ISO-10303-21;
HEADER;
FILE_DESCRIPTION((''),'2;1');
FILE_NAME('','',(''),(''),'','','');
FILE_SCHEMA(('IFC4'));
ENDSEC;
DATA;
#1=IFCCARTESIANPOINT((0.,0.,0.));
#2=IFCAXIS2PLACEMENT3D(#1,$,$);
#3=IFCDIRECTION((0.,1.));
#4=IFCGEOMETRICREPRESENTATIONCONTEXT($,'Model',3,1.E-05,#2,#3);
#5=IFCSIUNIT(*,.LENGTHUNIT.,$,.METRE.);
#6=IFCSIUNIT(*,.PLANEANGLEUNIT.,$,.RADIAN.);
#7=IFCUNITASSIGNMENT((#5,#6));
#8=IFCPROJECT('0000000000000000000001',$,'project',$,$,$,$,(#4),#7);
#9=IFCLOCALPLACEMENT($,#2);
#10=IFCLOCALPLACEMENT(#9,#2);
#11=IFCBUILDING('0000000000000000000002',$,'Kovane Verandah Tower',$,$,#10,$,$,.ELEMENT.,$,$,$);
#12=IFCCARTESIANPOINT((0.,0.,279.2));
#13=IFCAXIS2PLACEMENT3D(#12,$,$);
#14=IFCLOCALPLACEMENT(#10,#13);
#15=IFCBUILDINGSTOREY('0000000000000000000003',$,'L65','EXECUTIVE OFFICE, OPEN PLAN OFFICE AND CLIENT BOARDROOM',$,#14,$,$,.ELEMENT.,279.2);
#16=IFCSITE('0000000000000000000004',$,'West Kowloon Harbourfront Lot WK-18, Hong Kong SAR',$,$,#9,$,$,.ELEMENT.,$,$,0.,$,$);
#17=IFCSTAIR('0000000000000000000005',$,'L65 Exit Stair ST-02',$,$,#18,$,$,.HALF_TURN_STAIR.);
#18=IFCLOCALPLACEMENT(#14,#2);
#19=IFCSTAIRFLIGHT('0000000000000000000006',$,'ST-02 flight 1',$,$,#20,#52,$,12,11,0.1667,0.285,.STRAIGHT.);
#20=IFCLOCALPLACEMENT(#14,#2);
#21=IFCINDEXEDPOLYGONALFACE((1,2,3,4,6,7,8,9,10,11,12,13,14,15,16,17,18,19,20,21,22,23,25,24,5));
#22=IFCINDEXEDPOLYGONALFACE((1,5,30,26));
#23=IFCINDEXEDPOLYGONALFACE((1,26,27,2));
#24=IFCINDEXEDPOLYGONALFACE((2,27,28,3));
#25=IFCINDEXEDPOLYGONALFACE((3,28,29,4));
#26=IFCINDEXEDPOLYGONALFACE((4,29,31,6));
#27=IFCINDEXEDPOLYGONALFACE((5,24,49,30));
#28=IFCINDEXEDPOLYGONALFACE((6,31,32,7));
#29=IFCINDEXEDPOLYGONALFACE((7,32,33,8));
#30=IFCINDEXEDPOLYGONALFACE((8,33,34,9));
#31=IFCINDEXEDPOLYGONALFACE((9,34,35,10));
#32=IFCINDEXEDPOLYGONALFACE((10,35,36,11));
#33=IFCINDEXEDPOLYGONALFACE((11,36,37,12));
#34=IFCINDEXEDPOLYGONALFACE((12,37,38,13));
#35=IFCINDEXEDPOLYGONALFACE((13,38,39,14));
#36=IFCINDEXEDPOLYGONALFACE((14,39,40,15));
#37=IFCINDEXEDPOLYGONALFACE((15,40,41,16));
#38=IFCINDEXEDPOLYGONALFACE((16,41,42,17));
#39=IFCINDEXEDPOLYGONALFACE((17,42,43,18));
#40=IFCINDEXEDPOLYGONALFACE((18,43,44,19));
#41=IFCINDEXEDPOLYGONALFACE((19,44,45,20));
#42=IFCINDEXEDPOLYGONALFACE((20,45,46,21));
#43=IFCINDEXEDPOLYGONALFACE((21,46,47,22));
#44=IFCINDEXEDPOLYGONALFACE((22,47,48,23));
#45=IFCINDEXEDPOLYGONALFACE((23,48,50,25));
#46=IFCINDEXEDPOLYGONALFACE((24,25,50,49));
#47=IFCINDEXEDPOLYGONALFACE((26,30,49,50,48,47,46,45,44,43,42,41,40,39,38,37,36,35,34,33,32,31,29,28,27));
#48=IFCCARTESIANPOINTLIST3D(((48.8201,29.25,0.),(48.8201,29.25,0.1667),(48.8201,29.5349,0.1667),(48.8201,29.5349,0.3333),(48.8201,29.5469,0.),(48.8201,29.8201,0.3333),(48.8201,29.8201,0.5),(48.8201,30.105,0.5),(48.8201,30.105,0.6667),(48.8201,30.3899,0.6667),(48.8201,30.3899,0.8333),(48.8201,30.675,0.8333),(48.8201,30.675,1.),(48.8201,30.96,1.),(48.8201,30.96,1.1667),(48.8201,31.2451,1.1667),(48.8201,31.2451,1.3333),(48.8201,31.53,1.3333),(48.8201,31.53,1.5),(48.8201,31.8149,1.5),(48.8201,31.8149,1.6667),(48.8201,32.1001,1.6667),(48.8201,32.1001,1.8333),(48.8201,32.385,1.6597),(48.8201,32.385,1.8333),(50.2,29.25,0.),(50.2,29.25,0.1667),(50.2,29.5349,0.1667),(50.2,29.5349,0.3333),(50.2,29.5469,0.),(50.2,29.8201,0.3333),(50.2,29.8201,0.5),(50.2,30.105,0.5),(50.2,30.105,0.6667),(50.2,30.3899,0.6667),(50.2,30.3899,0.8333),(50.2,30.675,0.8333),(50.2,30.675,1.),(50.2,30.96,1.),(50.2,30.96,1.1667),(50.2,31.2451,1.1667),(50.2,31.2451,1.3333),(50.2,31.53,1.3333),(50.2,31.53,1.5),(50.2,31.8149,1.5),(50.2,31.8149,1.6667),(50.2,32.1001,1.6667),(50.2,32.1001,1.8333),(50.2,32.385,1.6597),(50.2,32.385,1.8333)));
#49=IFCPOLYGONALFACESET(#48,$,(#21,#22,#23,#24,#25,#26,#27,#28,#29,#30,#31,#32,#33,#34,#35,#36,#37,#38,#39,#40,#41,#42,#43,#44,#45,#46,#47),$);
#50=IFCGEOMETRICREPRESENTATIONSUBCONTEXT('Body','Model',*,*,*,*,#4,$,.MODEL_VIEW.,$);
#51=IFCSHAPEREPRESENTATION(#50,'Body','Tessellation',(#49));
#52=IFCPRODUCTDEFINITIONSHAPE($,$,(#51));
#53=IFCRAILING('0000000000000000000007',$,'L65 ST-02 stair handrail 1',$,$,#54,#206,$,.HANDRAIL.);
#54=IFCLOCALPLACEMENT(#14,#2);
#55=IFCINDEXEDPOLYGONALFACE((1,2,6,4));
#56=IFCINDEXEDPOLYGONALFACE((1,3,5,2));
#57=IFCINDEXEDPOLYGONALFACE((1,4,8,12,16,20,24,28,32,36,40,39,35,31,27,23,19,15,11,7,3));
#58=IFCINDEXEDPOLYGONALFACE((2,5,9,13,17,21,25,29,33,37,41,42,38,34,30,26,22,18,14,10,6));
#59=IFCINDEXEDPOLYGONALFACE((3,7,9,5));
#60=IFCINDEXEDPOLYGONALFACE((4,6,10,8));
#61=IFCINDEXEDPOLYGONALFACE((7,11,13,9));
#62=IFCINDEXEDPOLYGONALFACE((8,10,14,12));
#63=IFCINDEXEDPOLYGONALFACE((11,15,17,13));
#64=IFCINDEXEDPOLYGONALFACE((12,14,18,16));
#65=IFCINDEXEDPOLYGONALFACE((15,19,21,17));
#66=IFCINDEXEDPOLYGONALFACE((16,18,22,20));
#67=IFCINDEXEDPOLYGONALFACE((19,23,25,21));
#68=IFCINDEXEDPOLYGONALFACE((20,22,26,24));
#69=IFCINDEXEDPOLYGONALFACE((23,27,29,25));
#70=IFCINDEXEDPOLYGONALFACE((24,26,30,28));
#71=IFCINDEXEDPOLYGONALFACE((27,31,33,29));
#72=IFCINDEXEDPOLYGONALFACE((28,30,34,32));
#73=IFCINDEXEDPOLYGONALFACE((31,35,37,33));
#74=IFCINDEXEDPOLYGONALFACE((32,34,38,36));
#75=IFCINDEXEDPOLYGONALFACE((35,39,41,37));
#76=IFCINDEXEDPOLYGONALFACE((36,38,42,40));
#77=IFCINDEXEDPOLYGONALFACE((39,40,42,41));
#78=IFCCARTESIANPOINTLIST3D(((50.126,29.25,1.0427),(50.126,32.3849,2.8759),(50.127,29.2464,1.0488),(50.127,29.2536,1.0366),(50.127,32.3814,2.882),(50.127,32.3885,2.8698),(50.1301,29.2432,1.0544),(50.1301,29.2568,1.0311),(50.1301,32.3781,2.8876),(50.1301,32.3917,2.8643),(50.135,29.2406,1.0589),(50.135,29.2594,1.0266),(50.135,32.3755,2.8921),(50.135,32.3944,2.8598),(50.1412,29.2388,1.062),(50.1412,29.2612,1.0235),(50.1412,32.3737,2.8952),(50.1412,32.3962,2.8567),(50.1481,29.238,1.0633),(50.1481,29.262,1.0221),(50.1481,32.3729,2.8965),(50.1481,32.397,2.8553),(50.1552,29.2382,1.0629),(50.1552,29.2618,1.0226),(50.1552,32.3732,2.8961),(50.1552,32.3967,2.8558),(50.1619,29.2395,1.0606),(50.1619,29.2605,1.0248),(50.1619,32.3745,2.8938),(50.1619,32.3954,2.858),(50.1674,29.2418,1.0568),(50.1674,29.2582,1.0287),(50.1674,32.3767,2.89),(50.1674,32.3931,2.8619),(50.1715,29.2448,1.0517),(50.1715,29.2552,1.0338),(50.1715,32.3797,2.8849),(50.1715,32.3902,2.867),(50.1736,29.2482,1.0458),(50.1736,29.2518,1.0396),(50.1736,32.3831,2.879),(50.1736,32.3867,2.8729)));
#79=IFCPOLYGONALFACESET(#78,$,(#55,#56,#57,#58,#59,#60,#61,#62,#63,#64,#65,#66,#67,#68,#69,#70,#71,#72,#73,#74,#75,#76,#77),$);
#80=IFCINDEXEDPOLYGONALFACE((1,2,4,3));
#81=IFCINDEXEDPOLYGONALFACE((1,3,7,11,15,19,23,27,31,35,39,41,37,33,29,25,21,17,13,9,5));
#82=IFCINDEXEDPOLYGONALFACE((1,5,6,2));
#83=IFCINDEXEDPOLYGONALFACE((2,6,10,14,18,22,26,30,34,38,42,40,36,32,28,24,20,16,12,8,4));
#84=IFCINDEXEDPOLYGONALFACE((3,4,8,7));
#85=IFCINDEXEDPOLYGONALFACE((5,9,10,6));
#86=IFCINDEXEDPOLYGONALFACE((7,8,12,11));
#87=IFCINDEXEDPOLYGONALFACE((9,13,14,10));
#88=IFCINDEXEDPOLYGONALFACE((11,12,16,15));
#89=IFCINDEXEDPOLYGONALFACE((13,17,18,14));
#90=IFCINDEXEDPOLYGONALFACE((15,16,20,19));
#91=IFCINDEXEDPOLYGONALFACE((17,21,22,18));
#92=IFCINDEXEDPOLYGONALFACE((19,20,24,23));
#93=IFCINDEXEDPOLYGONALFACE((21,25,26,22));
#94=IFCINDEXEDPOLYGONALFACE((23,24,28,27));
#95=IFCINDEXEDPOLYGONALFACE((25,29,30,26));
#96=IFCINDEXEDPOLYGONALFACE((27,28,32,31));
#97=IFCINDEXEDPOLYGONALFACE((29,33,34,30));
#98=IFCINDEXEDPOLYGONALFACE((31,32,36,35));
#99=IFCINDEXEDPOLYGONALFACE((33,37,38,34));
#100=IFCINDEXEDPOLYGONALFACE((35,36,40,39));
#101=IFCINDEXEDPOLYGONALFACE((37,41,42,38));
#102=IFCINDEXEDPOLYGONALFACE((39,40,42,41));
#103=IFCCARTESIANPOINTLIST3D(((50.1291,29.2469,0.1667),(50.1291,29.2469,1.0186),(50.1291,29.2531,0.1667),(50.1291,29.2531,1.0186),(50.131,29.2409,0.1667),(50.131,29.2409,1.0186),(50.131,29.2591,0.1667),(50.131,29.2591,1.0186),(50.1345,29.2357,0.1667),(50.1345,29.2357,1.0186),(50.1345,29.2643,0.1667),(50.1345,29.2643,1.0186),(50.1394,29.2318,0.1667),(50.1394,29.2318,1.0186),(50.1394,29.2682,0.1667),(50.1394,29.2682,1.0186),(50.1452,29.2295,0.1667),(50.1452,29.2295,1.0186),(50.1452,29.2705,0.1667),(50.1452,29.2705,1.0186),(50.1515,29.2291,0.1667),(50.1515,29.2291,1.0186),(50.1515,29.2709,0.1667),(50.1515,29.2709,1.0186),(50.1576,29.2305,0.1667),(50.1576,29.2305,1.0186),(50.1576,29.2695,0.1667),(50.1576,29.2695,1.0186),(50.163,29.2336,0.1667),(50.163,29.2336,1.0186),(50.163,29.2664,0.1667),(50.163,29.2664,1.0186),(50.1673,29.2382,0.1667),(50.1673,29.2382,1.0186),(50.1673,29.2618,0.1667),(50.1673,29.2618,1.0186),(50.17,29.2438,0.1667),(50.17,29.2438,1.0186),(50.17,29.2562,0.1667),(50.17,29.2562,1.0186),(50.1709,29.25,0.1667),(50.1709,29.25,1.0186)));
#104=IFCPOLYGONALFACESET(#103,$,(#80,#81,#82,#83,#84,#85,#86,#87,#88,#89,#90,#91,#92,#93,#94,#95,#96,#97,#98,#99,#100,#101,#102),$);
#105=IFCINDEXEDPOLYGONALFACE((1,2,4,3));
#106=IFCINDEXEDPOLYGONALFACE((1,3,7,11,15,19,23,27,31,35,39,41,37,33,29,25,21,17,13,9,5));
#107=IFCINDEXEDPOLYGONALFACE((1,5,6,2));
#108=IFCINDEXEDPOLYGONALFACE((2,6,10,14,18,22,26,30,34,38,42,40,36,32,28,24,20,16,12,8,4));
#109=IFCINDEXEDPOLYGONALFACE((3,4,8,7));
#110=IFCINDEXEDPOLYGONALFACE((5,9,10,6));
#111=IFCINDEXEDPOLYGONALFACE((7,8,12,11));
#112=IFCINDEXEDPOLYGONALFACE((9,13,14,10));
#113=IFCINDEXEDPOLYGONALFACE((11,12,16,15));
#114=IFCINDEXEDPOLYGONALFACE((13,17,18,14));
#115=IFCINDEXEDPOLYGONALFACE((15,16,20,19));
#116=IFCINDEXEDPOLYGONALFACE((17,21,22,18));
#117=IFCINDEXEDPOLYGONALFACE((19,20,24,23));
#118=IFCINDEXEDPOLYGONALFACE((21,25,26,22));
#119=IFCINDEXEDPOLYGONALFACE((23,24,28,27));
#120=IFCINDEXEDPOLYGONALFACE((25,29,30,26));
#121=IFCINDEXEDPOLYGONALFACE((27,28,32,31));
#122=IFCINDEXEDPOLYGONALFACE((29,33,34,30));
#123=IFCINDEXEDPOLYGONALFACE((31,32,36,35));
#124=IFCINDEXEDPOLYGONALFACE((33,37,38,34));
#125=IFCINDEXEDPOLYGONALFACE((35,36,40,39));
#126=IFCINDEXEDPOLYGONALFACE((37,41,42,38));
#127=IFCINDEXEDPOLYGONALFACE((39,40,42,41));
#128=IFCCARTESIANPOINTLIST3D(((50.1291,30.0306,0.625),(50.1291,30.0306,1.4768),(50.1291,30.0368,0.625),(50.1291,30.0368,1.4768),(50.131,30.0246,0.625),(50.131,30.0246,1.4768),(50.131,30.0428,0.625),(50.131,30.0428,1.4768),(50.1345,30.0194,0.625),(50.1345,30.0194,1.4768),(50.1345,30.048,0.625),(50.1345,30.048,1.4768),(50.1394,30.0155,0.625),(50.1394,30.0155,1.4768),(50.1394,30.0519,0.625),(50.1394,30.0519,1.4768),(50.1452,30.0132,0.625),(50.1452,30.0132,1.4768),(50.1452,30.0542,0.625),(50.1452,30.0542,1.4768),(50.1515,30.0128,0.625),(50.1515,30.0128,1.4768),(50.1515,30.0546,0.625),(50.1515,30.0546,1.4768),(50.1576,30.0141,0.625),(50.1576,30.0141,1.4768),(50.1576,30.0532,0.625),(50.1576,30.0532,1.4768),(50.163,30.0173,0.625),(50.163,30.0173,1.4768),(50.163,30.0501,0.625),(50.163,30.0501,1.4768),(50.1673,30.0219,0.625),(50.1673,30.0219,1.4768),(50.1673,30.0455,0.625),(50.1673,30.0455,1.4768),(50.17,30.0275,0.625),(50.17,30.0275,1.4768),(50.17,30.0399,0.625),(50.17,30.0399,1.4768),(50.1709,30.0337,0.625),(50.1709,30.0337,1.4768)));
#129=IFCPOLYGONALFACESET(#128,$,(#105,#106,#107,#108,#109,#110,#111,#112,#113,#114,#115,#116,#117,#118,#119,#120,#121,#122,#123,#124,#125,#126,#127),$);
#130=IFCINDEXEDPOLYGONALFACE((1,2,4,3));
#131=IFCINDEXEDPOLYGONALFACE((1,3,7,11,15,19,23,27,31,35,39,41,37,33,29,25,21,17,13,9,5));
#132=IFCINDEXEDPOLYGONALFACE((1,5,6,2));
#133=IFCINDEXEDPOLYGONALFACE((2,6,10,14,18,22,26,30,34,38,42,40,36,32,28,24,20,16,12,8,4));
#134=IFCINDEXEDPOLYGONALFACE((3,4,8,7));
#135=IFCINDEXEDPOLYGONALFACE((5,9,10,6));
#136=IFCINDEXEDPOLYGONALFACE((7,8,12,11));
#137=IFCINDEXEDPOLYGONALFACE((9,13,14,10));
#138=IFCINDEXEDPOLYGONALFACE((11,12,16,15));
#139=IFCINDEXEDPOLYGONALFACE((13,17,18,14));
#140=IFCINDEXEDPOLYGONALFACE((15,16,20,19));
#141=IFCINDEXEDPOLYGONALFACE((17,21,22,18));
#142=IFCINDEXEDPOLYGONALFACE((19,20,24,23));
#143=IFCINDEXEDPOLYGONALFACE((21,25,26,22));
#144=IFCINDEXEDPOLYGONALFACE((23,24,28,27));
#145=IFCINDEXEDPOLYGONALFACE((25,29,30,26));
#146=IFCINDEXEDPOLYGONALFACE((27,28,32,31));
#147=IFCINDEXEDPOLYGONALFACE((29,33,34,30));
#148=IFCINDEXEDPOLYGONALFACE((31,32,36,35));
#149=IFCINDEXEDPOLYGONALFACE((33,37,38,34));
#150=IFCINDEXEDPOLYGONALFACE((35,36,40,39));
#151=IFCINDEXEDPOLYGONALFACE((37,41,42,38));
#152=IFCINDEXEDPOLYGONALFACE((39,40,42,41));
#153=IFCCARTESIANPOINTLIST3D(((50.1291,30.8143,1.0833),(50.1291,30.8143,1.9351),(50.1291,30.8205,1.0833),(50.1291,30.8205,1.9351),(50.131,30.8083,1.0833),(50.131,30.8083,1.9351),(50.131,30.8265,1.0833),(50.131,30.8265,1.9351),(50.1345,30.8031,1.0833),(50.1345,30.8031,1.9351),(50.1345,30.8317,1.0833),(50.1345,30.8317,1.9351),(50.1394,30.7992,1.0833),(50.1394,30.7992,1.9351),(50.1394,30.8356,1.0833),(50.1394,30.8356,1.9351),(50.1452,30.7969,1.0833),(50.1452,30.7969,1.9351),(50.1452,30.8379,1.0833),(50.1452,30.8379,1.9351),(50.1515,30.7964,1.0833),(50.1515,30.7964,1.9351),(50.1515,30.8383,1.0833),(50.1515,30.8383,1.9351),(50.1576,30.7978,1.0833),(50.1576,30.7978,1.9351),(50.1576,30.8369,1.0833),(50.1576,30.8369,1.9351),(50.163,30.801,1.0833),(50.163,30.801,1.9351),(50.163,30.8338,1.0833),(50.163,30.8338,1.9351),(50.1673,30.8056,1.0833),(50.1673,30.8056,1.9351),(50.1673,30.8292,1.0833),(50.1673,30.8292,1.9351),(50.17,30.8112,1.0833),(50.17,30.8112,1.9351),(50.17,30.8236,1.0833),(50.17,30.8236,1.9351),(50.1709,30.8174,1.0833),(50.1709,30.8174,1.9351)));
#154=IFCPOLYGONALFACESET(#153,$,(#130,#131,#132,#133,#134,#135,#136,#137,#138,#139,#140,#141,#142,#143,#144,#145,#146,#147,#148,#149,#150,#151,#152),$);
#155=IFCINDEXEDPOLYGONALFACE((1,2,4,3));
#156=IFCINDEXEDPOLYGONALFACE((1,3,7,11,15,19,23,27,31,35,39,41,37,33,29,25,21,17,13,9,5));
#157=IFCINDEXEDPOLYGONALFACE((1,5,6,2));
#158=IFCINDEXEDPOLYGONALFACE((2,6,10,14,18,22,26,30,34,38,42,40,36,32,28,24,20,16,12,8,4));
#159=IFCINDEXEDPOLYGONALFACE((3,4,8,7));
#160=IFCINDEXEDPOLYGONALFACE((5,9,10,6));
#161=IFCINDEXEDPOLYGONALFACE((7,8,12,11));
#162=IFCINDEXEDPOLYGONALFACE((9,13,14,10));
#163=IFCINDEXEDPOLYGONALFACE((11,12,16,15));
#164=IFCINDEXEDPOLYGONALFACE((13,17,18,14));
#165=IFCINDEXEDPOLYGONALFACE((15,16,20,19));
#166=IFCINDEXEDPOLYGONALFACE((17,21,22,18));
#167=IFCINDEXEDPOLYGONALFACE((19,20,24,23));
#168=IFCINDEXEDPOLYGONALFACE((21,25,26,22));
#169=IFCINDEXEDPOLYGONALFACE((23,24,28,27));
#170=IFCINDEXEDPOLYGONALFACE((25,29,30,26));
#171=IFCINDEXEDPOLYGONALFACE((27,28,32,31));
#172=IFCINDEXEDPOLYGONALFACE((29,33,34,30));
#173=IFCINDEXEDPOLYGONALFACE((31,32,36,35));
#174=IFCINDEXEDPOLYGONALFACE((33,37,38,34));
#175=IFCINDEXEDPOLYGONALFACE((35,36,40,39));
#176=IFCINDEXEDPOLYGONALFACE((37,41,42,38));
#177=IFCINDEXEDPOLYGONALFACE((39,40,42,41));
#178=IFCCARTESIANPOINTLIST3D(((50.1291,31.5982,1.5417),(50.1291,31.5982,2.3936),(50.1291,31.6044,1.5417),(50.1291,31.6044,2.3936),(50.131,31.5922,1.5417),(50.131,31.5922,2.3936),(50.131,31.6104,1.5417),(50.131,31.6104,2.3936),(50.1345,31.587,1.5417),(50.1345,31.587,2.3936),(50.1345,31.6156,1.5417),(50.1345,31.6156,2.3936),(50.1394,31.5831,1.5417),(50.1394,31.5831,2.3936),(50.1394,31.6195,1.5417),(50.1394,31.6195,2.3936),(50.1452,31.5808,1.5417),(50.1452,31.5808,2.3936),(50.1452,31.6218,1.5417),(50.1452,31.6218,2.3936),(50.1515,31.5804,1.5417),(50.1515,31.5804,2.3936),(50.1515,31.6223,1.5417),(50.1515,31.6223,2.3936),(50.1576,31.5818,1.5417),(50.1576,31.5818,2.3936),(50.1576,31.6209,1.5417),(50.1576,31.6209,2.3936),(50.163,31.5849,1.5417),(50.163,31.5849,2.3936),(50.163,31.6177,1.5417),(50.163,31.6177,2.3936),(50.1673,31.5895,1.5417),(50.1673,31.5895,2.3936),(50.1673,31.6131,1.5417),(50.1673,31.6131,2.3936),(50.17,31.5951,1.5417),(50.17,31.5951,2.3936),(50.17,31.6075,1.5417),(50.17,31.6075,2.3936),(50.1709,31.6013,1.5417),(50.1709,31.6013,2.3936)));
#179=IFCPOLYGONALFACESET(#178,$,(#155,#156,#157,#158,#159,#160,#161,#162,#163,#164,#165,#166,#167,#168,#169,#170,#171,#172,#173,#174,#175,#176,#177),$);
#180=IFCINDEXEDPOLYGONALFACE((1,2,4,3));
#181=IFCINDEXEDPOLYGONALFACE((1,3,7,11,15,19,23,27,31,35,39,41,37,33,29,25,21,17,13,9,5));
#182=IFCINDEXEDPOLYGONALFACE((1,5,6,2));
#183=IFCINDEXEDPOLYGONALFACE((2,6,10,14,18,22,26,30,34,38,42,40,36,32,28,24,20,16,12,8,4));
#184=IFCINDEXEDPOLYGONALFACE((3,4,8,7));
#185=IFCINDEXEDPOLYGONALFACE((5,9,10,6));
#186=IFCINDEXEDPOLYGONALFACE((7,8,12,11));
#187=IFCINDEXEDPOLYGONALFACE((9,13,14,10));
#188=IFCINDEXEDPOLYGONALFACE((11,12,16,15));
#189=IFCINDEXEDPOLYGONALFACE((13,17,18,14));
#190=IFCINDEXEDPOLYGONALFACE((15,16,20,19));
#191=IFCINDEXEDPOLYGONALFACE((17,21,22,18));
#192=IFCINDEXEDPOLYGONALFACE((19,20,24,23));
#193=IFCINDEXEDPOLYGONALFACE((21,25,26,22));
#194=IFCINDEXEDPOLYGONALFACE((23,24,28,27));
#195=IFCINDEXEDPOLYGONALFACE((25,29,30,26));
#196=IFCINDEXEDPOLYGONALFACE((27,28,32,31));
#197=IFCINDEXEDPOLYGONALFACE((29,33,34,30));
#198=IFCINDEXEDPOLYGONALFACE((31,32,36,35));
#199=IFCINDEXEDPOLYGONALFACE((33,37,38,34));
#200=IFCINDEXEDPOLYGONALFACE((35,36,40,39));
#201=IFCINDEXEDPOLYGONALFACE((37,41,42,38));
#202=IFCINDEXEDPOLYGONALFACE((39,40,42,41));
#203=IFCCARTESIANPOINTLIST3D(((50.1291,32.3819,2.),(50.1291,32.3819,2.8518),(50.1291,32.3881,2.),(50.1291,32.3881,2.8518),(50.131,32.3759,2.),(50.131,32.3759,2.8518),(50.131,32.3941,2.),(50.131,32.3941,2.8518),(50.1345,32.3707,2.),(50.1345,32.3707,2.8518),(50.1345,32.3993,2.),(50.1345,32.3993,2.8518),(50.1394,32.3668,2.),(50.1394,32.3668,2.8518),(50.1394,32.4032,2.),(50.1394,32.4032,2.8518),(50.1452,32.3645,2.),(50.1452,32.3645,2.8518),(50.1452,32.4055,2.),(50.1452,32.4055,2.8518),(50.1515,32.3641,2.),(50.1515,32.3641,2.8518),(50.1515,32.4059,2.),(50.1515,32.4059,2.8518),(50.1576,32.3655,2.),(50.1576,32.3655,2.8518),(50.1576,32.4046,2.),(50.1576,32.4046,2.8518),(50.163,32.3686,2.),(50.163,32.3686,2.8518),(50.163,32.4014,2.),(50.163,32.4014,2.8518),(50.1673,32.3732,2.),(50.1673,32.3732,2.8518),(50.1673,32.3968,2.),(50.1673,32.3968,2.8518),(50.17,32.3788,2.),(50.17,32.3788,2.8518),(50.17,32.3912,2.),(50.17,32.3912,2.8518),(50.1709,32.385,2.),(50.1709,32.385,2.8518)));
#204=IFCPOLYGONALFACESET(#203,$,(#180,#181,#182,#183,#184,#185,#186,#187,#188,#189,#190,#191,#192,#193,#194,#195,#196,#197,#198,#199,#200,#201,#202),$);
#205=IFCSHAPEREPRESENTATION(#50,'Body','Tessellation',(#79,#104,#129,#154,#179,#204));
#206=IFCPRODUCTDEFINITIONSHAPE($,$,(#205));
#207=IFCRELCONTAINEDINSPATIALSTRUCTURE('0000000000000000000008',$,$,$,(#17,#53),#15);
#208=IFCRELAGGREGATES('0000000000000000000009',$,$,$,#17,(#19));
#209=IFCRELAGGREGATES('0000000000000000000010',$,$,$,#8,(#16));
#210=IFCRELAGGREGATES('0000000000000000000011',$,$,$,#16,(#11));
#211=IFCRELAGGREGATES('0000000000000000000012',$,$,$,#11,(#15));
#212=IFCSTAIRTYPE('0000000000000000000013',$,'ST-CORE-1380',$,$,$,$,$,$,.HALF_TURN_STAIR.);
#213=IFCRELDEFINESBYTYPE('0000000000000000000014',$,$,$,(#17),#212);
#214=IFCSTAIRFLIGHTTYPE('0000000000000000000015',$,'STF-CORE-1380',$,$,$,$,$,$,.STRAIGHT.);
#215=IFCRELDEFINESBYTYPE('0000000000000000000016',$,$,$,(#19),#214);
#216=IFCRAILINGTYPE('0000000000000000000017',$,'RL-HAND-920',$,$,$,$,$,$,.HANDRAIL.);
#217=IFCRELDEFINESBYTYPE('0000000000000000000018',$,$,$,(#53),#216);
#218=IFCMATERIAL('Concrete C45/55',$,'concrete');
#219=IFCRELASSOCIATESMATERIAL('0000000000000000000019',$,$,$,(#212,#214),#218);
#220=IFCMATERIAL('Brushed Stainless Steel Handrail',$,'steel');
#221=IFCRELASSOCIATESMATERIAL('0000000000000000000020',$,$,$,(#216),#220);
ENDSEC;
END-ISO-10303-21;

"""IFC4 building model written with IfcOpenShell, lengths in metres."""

from ifc_helpers import new_model, si_unit, direction, frame, origin, origin_2d, place, context, subcontext, project, spatial, polyline, circle, outline, extrude, material, type_object, element, aggregate, save


model = new_model("IFC4")

# Units and contexts
model_context = context("Model", 3, precision=1e-05, world=origin(), true_north=direction((0.0, 1.0)))
body_context = subcontext(model_context, "Body", "Model", "MODEL_VIEW")
ifc_project = project(units=[si_unit("LENGTHUNIT", "METRE"), si_unit("PLANEANGLEUNIT", "RADIAN")], contexts=[model_context])

# Site, building, storey
site_placement = place(None, origin())
site = spatial("IfcSite", under=ifc_project, at=site_placement, Name="West Kowloon Harbourfront Lot WK-18, Hong Kong SAR", CompositionType="ELEMENT", RefElevation=0.0)
building_placement = place(site_placement, origin())
building = spatial("IfcBuilding", under=site, at=building_placement, Name="Kovane Verandah Tower", CompositionType="ELEMENT")
storey_placement = place(building_placement, frame((0.0, 0.0, 279.2)))
storey = spatial("IfcBuildingStorey", under=building, at=storey_placement, Name="L65", Description="EXECUTIVE OFFICE, OPEN PLAN OFFICE AND CLIENT BOARDROOM", CompositionType="ELEMENT", Elevation=279.2)

# Shared definitions
ifc_material_1 = material(Name="Concrete C45/55", Category="concrete")

# Stair, stair flight
stair_type = type_object("IfcStairType", Name="ST-CORE-1380", PredefinedType="HALF_TURN_STAIR", material=ifc_material_1)
stair_placement = place(storey_placement, origin())
stair = element("IfcStair", 1, at=stair_placement, inside=storey, type_object=stair_type, Name="L65 Exit Stair ST-02", PredefinedType="HALF_TURN_STAIR")
stair_flight_type = type_object("IfcStairFlightType", Name="STF-CORE-1380", PredefinedType="STRAIGHT", material=ifc_material_1)
stair_flight_placement = place(storey_placement, frame((49.51, 29.25, 0.0), z_axis=(0.0, 0.0, 1.0), x_axis=(0.0, 1.0, 0.0)))
stair_flight = element("IfcStairFlight", 2, at=stair_flight_placement, type_object=stair_flight_type, Name="ST-02 flight 1", NumberOfRisers=12, NumberOfTreads=11, PredefinedType="STRAIGHT", RiserHeight=0.1667, TreadLength=0.285, context=body_context, shape_type="SweptSolid", body=[
    extrude(outline(polyline([(0.0, 0.0), (0.0, 0.1667), (0.2849, 0.1667), (0.2849, 0.3333), (0.5701, 0.3333), (0.5701, 0.5), (0.855, 0.5), (0.855, 0.6667), (1.1399, 0.6667), (1.1399, 0.8333), (1.425, 0.8333), (1.425, 1.0), (1.71, 1.0), (1.71, 1.1667), (1.9951, 1.1667), (1.9951, 1.3333), (2.28, 1.3333), (2.28, 1.5), (2.5649, 1.5), (2.5649, 1.6667), (2.8501, 1.6667), (2.8501, 1.8333), (3.135, 1.8333), (3.135, 2.0), (3.135, 1.6597), (0.2969, 0.0), (0.0, 0.0)])), frame((0.0, 0.6899, 0.0), z_axis=(0.0, -1.0, 0.0), x_axis=(1.0, 0.0, 0.0)), (0.0, 0.0, 1.0), 1.3799),
])
aggregate(stair, [stair_flight])

# Railing
ifc_material_2 = material(Name="Brushed Stainless Steel Handrail", Category="steel")
railing_type_1 = type_object("IfcRailingType", Name="RL-HAND-920", PredefinedType="HANDRAIL", material=ifc_material_2)
railing_1_placement = place(storey_placement, frame((50.1499, 29.25, 0.1667)))
element("IfcRailing", 3, at=railing_1_placement, inside=storey, type_object=railing_type_1, Name="L65 ST-02 stair handrail 1", PredefinedType="HANDRAIL", context=body_context, shape_type="SweptSolid", body=[
    extrude(circle(Radius=0.0239, at=origin_2d()), frame((0.0, 0.0, 0.876), z_axis=(0.0, 0.86324, 0.504794), x_axis=(-1.0, 0.0, 0.0)), (0.0, 0.0, 1.0), 3.6316),
    extrude(circle(Radius=0.021, at=origin_2d()), origin(), (0.0, 0.0, 1.0), 0.8518),
    extrude(circle(Radius=0.021, at=origin_2d()), frame((0.0, 0.7837, 0.4583)), (0.0, 0.0, 1.0), 0.8518),
    extrude(circle(Radius=0.021, at=origin_2d()), frame((0.0, 1.5674, 0.9165)), (0.0, 0.0, 1.0), 0.8518),
    extrude(circle(Radius=0.021, at=origin_2d()), frame((0.0, 2.3513, 1.375)), (0.0, 0.0, 1.0), 0.8518),
    extrude(circle(Radius=0.021, at=origin_2d()), frame((0.0, 3.135, 1.8333)), (0.0, 0.0, 1.0), 0.8518),
])

save(model, "model.ifc")
